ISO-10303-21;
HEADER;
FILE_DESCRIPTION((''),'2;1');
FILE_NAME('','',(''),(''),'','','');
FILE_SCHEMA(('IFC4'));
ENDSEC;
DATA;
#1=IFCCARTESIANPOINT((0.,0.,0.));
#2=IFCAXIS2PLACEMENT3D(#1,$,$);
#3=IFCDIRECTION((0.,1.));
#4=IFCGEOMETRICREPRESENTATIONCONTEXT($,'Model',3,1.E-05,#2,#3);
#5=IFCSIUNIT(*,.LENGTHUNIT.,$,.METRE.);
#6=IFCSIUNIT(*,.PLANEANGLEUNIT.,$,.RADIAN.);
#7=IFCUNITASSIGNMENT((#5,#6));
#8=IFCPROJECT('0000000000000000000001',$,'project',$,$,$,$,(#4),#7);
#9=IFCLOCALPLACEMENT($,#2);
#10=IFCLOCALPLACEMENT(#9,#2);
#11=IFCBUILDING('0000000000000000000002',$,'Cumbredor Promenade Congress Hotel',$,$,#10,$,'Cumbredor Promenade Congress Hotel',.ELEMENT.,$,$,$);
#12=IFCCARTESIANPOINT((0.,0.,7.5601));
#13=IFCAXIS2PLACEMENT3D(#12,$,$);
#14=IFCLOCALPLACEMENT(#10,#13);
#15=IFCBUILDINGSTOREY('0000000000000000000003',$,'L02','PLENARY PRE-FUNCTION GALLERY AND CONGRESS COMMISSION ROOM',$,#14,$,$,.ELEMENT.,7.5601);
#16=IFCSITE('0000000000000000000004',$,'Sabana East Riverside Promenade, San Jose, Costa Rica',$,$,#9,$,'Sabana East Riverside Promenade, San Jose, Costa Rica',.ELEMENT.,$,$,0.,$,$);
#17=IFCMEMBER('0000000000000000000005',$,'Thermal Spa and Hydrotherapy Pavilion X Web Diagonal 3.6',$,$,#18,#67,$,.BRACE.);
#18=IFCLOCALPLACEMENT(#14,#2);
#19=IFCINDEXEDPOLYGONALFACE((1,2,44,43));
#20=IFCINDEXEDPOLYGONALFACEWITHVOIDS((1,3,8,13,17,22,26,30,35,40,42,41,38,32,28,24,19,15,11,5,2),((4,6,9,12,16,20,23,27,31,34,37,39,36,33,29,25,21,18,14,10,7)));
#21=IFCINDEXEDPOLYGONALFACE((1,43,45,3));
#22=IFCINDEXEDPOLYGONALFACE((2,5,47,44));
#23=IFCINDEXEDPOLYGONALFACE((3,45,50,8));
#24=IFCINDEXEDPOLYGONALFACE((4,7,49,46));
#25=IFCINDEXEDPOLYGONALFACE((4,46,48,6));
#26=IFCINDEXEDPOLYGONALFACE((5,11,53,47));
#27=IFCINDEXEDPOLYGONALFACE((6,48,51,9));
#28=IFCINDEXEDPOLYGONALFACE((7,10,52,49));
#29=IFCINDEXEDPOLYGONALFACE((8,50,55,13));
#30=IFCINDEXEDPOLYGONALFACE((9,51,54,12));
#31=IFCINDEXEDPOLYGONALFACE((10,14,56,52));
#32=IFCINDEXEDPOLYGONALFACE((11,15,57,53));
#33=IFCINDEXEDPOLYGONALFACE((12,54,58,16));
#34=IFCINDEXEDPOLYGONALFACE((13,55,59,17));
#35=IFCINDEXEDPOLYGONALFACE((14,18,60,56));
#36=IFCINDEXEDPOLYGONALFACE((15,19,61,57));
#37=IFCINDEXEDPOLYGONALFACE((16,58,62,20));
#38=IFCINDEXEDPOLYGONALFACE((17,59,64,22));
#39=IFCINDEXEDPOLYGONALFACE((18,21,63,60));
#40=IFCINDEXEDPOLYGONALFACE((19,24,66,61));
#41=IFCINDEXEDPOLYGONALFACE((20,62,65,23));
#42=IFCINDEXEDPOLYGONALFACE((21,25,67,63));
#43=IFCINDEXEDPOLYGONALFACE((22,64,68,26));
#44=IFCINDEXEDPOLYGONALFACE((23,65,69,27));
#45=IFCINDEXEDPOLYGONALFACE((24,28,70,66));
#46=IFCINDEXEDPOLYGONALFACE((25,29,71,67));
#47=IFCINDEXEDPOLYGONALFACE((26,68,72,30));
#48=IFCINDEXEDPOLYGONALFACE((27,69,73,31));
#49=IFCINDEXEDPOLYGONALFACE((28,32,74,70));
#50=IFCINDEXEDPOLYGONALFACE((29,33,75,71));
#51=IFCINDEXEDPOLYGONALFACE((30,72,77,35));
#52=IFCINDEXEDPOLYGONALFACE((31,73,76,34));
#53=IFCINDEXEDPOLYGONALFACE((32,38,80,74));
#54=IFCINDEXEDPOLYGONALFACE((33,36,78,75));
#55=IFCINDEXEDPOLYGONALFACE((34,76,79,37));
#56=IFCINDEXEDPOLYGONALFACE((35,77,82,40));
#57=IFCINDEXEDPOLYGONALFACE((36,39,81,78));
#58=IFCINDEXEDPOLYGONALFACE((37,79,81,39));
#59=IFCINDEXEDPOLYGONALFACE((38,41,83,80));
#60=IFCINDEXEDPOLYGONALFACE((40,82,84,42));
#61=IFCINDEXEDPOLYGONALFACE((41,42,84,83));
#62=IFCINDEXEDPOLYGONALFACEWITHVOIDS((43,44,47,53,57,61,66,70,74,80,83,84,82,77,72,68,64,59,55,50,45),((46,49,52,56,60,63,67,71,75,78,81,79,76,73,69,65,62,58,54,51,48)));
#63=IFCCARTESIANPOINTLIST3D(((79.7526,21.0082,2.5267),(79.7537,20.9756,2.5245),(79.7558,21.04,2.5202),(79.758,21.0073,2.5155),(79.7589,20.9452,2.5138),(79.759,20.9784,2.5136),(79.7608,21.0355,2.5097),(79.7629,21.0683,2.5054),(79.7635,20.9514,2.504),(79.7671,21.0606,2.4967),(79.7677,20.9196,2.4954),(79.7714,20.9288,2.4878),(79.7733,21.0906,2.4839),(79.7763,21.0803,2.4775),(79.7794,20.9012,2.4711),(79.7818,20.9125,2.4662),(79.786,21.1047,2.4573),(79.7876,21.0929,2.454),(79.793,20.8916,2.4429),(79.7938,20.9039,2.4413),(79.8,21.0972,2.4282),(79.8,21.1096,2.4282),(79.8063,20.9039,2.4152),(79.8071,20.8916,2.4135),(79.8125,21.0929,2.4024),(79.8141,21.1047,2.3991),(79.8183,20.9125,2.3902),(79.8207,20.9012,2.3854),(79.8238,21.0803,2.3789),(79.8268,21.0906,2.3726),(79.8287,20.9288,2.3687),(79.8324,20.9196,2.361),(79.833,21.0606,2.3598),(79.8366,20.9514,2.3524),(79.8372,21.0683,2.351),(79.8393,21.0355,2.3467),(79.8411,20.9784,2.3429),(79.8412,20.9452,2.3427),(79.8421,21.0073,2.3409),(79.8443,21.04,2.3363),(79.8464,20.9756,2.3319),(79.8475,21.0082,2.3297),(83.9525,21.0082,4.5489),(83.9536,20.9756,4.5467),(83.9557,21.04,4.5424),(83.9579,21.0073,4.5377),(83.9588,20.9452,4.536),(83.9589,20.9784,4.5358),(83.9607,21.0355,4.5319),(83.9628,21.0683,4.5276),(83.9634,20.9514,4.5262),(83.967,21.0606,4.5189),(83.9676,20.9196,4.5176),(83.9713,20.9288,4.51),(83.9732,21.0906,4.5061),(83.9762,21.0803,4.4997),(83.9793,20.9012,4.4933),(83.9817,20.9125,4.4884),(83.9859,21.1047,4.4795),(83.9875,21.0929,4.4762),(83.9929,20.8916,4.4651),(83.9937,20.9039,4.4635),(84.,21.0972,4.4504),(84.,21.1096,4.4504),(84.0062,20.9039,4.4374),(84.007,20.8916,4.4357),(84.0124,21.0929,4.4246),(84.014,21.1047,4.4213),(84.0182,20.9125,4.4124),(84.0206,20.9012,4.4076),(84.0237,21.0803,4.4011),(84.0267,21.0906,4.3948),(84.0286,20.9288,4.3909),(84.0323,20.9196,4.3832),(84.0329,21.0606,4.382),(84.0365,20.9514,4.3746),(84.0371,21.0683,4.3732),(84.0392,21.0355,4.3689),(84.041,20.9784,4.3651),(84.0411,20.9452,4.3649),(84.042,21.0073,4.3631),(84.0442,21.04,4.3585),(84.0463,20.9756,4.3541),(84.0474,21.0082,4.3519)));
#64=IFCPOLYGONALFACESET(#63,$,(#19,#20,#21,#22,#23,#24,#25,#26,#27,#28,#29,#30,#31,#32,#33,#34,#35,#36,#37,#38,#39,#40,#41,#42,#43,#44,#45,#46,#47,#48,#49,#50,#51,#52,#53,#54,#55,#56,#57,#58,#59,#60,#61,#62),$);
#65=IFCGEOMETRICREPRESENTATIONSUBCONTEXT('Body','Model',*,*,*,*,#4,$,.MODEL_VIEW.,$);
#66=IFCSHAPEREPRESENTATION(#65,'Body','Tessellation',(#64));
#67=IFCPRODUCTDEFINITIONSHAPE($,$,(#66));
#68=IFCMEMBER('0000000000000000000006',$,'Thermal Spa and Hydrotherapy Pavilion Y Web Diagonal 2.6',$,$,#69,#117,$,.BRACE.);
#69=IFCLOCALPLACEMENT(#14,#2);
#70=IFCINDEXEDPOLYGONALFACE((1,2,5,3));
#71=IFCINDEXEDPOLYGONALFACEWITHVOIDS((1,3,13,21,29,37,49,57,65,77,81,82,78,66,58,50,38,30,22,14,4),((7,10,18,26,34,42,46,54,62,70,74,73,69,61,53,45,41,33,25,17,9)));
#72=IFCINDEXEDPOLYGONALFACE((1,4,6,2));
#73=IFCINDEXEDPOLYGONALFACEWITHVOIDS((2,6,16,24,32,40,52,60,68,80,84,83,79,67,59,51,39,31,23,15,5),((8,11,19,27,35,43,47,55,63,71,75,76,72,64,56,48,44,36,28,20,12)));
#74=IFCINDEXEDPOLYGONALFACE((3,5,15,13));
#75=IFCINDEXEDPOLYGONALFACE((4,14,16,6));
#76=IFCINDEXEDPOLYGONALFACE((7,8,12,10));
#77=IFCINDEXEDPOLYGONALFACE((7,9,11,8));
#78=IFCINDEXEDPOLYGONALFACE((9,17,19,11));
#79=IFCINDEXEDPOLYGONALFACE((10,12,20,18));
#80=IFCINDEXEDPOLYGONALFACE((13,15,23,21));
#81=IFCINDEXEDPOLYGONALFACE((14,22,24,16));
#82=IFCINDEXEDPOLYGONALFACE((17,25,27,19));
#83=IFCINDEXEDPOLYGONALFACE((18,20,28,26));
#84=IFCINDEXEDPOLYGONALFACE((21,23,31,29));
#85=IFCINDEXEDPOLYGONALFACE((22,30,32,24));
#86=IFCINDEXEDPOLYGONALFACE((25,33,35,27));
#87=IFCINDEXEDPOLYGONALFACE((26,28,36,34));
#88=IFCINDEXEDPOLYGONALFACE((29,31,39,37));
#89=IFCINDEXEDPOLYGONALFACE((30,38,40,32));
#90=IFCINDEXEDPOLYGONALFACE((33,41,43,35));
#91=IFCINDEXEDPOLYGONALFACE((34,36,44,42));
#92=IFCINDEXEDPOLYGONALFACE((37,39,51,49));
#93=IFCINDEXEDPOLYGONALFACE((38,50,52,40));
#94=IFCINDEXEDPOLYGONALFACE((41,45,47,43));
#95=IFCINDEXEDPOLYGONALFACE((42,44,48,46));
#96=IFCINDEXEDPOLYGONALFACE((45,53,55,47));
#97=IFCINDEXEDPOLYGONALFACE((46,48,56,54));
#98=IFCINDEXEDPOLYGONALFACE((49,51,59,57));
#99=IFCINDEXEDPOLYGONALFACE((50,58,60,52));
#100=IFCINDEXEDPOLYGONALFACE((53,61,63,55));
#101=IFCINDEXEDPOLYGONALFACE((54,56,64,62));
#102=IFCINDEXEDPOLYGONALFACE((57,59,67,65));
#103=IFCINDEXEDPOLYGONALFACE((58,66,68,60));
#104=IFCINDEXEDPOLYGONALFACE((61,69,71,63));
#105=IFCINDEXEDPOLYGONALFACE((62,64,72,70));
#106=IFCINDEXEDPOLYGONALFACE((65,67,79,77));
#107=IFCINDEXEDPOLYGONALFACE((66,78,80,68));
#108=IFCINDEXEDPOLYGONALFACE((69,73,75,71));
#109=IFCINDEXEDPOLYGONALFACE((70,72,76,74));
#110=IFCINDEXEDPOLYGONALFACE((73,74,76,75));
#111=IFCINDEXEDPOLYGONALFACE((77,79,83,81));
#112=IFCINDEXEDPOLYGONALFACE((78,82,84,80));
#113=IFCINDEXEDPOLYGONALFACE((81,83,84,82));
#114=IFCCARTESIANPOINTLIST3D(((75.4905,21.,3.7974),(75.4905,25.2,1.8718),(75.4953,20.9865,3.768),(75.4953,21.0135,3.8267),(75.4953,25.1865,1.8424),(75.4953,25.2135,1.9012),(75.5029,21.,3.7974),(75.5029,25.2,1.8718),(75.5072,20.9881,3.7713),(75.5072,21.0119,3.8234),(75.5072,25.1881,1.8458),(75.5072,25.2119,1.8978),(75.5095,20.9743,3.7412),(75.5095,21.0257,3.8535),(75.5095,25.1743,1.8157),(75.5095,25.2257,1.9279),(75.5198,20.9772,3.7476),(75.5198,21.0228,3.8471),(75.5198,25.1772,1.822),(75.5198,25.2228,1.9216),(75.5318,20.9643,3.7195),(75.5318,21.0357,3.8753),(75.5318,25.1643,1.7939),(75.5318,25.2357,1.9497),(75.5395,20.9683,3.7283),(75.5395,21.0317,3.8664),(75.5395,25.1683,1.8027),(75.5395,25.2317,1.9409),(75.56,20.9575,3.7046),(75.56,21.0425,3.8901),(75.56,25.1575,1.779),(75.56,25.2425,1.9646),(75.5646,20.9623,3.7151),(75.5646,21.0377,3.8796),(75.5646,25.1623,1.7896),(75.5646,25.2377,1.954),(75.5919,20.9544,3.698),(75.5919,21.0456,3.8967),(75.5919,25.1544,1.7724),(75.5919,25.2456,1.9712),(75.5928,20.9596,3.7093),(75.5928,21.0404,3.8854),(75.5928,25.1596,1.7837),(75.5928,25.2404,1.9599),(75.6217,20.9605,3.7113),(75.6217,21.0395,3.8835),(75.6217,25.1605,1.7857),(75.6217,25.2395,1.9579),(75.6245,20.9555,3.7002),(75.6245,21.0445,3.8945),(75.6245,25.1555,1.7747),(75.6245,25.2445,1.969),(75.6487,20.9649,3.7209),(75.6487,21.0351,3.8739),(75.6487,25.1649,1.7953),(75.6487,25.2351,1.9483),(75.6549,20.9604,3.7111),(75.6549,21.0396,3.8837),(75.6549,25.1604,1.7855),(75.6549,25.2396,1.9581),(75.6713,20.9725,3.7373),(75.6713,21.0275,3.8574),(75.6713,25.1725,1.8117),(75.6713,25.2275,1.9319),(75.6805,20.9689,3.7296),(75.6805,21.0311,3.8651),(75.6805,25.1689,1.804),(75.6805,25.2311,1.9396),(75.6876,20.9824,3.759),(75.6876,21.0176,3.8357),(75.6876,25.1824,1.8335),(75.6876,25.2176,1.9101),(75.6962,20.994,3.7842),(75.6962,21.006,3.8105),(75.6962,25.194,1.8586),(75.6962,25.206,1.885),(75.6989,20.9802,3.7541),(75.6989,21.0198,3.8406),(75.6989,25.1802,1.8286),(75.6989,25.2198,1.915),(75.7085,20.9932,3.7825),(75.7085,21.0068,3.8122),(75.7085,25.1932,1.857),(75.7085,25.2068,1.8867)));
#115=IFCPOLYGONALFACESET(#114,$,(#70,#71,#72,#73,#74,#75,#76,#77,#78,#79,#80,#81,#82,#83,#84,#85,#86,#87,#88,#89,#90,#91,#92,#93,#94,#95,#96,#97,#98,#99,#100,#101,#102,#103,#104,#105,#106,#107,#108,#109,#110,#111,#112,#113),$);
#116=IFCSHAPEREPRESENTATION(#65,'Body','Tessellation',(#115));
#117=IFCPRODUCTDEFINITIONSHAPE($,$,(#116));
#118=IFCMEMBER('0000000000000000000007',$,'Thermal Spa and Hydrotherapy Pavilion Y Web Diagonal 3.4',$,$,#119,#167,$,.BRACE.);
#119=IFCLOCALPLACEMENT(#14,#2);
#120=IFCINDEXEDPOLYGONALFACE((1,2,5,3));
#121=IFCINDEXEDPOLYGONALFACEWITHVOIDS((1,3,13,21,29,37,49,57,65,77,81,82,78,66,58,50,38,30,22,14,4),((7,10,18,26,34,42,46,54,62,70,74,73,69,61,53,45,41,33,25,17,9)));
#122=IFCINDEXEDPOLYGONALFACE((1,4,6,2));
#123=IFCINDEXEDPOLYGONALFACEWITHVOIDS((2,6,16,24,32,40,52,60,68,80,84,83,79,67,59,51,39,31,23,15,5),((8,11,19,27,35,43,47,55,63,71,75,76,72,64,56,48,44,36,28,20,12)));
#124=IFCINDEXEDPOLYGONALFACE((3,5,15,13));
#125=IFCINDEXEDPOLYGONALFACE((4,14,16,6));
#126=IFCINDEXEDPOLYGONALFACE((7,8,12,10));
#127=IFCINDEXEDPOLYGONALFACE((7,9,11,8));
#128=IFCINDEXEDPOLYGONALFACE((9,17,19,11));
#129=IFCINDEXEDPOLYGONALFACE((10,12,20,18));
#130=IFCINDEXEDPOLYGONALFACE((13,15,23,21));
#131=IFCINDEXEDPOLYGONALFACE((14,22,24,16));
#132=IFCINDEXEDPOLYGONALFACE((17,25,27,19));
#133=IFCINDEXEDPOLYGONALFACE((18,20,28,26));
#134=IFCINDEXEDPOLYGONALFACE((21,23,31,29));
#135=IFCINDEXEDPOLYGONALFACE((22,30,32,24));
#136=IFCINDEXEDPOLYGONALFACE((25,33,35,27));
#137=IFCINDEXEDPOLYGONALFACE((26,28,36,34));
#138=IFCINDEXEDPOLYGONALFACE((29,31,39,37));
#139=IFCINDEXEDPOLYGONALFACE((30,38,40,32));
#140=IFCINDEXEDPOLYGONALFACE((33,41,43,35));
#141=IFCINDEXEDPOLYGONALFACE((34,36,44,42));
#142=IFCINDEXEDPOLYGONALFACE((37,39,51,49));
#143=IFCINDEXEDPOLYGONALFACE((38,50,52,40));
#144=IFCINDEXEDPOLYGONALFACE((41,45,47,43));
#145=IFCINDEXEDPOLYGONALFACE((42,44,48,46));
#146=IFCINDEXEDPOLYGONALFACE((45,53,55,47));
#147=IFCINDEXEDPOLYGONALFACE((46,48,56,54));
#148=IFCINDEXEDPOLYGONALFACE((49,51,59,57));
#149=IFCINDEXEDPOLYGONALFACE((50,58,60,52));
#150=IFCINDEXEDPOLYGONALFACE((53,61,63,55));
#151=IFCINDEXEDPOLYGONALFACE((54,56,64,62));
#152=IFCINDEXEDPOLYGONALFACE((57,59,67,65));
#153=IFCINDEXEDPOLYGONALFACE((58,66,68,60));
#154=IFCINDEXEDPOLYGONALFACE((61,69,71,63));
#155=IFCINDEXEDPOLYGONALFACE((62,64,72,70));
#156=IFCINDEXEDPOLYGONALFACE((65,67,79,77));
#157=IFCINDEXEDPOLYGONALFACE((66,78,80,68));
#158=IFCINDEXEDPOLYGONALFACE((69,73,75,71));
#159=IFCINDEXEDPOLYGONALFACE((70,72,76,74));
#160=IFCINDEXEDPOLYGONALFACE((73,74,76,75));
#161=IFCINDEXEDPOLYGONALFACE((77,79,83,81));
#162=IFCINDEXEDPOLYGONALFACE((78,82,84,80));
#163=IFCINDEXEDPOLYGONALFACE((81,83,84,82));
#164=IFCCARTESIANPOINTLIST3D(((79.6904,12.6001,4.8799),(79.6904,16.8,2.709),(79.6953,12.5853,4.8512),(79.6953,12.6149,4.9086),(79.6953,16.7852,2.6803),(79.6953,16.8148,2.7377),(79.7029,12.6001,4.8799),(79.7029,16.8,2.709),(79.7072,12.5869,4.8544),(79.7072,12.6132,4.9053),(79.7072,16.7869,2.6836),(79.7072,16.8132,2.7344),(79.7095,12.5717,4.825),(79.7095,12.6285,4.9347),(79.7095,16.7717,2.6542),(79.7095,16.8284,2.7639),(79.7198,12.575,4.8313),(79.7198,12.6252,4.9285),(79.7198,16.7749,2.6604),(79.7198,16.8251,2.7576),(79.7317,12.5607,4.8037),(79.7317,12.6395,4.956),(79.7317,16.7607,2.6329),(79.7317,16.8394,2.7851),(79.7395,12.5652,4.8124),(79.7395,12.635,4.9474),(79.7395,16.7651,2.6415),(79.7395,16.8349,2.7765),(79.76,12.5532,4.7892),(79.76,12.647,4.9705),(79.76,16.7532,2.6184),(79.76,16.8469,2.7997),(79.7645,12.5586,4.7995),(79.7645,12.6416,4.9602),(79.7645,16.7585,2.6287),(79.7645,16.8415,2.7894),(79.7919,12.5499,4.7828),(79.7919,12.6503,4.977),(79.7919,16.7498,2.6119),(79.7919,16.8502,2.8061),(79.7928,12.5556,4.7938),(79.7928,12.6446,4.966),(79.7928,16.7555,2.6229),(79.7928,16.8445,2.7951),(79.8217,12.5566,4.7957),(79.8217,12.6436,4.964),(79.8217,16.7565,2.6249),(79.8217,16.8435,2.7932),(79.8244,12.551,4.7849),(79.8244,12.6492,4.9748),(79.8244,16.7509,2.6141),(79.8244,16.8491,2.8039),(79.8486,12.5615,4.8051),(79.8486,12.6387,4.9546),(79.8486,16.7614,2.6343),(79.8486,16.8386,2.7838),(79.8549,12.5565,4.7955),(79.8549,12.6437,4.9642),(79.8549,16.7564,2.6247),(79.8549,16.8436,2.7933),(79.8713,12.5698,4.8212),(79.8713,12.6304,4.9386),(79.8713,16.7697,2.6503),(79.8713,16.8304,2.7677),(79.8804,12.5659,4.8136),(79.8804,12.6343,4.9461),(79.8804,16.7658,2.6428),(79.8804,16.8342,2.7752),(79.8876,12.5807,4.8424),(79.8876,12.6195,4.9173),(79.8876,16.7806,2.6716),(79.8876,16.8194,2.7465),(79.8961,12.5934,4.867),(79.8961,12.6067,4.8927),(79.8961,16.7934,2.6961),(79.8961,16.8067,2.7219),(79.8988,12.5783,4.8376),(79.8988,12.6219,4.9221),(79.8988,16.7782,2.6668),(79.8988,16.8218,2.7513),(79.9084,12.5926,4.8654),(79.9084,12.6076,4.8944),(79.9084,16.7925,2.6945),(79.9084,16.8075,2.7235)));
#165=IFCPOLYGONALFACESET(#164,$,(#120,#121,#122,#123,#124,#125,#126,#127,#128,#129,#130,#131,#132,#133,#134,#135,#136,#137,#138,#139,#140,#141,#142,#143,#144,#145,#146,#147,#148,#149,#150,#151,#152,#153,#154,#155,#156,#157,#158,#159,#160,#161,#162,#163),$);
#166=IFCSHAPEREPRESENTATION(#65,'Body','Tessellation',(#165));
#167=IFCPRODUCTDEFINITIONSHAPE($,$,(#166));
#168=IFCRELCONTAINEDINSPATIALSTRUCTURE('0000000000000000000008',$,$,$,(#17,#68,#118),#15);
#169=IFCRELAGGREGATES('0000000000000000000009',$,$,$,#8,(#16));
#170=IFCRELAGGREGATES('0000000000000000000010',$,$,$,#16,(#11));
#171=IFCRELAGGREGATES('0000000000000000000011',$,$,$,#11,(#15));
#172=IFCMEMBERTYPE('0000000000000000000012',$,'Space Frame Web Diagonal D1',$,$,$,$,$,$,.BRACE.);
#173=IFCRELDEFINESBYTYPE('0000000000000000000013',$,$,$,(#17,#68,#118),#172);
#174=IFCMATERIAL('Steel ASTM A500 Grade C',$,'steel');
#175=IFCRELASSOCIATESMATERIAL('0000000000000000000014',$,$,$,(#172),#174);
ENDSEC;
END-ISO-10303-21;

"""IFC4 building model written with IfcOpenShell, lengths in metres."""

from ifc_helpers import new_model, si_unit, direction, frame, origin, origin_2d, place, context, subcontext, project, spatial, hollow_circle, extrude, material, material_profile, profile_set, type_object, element, save


model = new_model("IFC4")

# Units and contexts
model_context = context("Model", 3, precision=1e-05, world=origin(), true_north=direction((0.0, 1.0)))
body_context = subcontext(model_context, "Body", "Model", "MODEL_VIEW")
ifc_project = project(units=[si_unit("LENGTHUNIT", "METRE"), si_unit("PLANEANGLEUNIT", "RADIAN")], contexts=[model_context])

# Site, building, storey
site_placement = place(None, origin())
site = spatial("IfcSite", under=ifc_project, at=site_placement, Name="Sabana East Riverside Promenade, San Jose, Costa Rica", LongName="Sabana East Riverside Promenade, San Jose, Costa Rica", CompositionType="ELEMENT", RefElevation=0.0)
building_placement = place(site_placement, origin())
building = spatial("IfcBuilding", under=site, at=building_placement, Name="Cumbredor Promenade Congress Hotel", LongName="Cumbredor Promenade Congress Hotel", CompositionType="ELEMENT")
storey_placement = place(building_placement, frame((0.0, 0.0, 7.5601)))
storey = spatial("IfcBuildingStorey", under=building, at=storey_placement, Name="L02", Description="PLENARY PRE-FUNCTION GALLERY AND CONGRESS COMMISSION ROOM", CompositionType="ELEMENT", Elevation=7.5601)

# Members
ifc_material_1 = material(Name="Steel ASTM A500 Grade C", Category="steel")
ifc_material_profile_1 = material_profile(ifc_material_1, hollow_circle(Radius=0.1096, WallThickness=0.0125, at=origin_2d()), Name="CHS 219.1x12.5")
ifc_profile_set_1 = profile_set([ifc_material_profile_1], Name="Steel ASTM A500 Grade C")
member_type_1 = type_object("IfcMemberType", Name="Space Frame Web Diagonal D1", PredefinedType="BRACE", material=ifc_profile_set_1)
member_1_placement = place(storey_placement, frame((79.8, 21.0, 2.4282), z_axis=(0.901, 0.0, 0.433819), x_axis=(0.0, 1.0, 0.0)))
element("IfcMember", 1, at=member_1_placement, inside=storey, type_object=member_type_1, Name="Thermal Spa and Hydrotherapy Pavilion X Web Diagonal 3.6", PredefinedType="BRACE", context=body_context, shape_type="SweptSolid", body=[
    extrude(hollow_circle(Radius=0.1096, WallThickness=0.0125, at=origin_2d()), origin(), (0.0, 0.0, 1.0), 4.6614),
])
member_2_placement = place(storey_placement, frame((75.6001, 21.0, 3.7974), z_axis=(0.0, 0.909019, -0.416755), x_axis=(-1.0, 0.0, 0.0)))
element("IfcMember", 2, at=member_2_placement, inside=storey, type_object=member_type_1, Name="Thermal Spa and Hydrotherapy Pavilion Y Web Diagonal 2.6", PredefinedType="BRACE", context=body_context, shape_type="SweptSolid", body=[
    extrude(hollow_circle(Radius=0.1096, WallThickness=0.0125, at=origin_2d()), origin(), (0.0, 0.0, 1.0), 4.6204),
])
member_3_placement = place(storey_placement, frame((79.8, 12.6001, 4.8799), z_axis=(0.0, 0.888346, -0.459174), x_axis=(-1.0, 0.0, 0.0)))
element("IfcMember", 3, at=member_3_placement, inside=storey, type_object=member_type_1, Name="Thermal Spa and Hydrotherapy Pavilion Y Web Diagonal 3.4", PredefinedType="BRACE", context=body_context, shape_type="SweptSolid", body=[
    extrude(hollow_circle(Radius=0.1096, WallThickness=0.0125, at=origin_2d()), origin(), (0.0, 0.0, 1.0), 4.7278),
])

save(model, "model.ifc")
